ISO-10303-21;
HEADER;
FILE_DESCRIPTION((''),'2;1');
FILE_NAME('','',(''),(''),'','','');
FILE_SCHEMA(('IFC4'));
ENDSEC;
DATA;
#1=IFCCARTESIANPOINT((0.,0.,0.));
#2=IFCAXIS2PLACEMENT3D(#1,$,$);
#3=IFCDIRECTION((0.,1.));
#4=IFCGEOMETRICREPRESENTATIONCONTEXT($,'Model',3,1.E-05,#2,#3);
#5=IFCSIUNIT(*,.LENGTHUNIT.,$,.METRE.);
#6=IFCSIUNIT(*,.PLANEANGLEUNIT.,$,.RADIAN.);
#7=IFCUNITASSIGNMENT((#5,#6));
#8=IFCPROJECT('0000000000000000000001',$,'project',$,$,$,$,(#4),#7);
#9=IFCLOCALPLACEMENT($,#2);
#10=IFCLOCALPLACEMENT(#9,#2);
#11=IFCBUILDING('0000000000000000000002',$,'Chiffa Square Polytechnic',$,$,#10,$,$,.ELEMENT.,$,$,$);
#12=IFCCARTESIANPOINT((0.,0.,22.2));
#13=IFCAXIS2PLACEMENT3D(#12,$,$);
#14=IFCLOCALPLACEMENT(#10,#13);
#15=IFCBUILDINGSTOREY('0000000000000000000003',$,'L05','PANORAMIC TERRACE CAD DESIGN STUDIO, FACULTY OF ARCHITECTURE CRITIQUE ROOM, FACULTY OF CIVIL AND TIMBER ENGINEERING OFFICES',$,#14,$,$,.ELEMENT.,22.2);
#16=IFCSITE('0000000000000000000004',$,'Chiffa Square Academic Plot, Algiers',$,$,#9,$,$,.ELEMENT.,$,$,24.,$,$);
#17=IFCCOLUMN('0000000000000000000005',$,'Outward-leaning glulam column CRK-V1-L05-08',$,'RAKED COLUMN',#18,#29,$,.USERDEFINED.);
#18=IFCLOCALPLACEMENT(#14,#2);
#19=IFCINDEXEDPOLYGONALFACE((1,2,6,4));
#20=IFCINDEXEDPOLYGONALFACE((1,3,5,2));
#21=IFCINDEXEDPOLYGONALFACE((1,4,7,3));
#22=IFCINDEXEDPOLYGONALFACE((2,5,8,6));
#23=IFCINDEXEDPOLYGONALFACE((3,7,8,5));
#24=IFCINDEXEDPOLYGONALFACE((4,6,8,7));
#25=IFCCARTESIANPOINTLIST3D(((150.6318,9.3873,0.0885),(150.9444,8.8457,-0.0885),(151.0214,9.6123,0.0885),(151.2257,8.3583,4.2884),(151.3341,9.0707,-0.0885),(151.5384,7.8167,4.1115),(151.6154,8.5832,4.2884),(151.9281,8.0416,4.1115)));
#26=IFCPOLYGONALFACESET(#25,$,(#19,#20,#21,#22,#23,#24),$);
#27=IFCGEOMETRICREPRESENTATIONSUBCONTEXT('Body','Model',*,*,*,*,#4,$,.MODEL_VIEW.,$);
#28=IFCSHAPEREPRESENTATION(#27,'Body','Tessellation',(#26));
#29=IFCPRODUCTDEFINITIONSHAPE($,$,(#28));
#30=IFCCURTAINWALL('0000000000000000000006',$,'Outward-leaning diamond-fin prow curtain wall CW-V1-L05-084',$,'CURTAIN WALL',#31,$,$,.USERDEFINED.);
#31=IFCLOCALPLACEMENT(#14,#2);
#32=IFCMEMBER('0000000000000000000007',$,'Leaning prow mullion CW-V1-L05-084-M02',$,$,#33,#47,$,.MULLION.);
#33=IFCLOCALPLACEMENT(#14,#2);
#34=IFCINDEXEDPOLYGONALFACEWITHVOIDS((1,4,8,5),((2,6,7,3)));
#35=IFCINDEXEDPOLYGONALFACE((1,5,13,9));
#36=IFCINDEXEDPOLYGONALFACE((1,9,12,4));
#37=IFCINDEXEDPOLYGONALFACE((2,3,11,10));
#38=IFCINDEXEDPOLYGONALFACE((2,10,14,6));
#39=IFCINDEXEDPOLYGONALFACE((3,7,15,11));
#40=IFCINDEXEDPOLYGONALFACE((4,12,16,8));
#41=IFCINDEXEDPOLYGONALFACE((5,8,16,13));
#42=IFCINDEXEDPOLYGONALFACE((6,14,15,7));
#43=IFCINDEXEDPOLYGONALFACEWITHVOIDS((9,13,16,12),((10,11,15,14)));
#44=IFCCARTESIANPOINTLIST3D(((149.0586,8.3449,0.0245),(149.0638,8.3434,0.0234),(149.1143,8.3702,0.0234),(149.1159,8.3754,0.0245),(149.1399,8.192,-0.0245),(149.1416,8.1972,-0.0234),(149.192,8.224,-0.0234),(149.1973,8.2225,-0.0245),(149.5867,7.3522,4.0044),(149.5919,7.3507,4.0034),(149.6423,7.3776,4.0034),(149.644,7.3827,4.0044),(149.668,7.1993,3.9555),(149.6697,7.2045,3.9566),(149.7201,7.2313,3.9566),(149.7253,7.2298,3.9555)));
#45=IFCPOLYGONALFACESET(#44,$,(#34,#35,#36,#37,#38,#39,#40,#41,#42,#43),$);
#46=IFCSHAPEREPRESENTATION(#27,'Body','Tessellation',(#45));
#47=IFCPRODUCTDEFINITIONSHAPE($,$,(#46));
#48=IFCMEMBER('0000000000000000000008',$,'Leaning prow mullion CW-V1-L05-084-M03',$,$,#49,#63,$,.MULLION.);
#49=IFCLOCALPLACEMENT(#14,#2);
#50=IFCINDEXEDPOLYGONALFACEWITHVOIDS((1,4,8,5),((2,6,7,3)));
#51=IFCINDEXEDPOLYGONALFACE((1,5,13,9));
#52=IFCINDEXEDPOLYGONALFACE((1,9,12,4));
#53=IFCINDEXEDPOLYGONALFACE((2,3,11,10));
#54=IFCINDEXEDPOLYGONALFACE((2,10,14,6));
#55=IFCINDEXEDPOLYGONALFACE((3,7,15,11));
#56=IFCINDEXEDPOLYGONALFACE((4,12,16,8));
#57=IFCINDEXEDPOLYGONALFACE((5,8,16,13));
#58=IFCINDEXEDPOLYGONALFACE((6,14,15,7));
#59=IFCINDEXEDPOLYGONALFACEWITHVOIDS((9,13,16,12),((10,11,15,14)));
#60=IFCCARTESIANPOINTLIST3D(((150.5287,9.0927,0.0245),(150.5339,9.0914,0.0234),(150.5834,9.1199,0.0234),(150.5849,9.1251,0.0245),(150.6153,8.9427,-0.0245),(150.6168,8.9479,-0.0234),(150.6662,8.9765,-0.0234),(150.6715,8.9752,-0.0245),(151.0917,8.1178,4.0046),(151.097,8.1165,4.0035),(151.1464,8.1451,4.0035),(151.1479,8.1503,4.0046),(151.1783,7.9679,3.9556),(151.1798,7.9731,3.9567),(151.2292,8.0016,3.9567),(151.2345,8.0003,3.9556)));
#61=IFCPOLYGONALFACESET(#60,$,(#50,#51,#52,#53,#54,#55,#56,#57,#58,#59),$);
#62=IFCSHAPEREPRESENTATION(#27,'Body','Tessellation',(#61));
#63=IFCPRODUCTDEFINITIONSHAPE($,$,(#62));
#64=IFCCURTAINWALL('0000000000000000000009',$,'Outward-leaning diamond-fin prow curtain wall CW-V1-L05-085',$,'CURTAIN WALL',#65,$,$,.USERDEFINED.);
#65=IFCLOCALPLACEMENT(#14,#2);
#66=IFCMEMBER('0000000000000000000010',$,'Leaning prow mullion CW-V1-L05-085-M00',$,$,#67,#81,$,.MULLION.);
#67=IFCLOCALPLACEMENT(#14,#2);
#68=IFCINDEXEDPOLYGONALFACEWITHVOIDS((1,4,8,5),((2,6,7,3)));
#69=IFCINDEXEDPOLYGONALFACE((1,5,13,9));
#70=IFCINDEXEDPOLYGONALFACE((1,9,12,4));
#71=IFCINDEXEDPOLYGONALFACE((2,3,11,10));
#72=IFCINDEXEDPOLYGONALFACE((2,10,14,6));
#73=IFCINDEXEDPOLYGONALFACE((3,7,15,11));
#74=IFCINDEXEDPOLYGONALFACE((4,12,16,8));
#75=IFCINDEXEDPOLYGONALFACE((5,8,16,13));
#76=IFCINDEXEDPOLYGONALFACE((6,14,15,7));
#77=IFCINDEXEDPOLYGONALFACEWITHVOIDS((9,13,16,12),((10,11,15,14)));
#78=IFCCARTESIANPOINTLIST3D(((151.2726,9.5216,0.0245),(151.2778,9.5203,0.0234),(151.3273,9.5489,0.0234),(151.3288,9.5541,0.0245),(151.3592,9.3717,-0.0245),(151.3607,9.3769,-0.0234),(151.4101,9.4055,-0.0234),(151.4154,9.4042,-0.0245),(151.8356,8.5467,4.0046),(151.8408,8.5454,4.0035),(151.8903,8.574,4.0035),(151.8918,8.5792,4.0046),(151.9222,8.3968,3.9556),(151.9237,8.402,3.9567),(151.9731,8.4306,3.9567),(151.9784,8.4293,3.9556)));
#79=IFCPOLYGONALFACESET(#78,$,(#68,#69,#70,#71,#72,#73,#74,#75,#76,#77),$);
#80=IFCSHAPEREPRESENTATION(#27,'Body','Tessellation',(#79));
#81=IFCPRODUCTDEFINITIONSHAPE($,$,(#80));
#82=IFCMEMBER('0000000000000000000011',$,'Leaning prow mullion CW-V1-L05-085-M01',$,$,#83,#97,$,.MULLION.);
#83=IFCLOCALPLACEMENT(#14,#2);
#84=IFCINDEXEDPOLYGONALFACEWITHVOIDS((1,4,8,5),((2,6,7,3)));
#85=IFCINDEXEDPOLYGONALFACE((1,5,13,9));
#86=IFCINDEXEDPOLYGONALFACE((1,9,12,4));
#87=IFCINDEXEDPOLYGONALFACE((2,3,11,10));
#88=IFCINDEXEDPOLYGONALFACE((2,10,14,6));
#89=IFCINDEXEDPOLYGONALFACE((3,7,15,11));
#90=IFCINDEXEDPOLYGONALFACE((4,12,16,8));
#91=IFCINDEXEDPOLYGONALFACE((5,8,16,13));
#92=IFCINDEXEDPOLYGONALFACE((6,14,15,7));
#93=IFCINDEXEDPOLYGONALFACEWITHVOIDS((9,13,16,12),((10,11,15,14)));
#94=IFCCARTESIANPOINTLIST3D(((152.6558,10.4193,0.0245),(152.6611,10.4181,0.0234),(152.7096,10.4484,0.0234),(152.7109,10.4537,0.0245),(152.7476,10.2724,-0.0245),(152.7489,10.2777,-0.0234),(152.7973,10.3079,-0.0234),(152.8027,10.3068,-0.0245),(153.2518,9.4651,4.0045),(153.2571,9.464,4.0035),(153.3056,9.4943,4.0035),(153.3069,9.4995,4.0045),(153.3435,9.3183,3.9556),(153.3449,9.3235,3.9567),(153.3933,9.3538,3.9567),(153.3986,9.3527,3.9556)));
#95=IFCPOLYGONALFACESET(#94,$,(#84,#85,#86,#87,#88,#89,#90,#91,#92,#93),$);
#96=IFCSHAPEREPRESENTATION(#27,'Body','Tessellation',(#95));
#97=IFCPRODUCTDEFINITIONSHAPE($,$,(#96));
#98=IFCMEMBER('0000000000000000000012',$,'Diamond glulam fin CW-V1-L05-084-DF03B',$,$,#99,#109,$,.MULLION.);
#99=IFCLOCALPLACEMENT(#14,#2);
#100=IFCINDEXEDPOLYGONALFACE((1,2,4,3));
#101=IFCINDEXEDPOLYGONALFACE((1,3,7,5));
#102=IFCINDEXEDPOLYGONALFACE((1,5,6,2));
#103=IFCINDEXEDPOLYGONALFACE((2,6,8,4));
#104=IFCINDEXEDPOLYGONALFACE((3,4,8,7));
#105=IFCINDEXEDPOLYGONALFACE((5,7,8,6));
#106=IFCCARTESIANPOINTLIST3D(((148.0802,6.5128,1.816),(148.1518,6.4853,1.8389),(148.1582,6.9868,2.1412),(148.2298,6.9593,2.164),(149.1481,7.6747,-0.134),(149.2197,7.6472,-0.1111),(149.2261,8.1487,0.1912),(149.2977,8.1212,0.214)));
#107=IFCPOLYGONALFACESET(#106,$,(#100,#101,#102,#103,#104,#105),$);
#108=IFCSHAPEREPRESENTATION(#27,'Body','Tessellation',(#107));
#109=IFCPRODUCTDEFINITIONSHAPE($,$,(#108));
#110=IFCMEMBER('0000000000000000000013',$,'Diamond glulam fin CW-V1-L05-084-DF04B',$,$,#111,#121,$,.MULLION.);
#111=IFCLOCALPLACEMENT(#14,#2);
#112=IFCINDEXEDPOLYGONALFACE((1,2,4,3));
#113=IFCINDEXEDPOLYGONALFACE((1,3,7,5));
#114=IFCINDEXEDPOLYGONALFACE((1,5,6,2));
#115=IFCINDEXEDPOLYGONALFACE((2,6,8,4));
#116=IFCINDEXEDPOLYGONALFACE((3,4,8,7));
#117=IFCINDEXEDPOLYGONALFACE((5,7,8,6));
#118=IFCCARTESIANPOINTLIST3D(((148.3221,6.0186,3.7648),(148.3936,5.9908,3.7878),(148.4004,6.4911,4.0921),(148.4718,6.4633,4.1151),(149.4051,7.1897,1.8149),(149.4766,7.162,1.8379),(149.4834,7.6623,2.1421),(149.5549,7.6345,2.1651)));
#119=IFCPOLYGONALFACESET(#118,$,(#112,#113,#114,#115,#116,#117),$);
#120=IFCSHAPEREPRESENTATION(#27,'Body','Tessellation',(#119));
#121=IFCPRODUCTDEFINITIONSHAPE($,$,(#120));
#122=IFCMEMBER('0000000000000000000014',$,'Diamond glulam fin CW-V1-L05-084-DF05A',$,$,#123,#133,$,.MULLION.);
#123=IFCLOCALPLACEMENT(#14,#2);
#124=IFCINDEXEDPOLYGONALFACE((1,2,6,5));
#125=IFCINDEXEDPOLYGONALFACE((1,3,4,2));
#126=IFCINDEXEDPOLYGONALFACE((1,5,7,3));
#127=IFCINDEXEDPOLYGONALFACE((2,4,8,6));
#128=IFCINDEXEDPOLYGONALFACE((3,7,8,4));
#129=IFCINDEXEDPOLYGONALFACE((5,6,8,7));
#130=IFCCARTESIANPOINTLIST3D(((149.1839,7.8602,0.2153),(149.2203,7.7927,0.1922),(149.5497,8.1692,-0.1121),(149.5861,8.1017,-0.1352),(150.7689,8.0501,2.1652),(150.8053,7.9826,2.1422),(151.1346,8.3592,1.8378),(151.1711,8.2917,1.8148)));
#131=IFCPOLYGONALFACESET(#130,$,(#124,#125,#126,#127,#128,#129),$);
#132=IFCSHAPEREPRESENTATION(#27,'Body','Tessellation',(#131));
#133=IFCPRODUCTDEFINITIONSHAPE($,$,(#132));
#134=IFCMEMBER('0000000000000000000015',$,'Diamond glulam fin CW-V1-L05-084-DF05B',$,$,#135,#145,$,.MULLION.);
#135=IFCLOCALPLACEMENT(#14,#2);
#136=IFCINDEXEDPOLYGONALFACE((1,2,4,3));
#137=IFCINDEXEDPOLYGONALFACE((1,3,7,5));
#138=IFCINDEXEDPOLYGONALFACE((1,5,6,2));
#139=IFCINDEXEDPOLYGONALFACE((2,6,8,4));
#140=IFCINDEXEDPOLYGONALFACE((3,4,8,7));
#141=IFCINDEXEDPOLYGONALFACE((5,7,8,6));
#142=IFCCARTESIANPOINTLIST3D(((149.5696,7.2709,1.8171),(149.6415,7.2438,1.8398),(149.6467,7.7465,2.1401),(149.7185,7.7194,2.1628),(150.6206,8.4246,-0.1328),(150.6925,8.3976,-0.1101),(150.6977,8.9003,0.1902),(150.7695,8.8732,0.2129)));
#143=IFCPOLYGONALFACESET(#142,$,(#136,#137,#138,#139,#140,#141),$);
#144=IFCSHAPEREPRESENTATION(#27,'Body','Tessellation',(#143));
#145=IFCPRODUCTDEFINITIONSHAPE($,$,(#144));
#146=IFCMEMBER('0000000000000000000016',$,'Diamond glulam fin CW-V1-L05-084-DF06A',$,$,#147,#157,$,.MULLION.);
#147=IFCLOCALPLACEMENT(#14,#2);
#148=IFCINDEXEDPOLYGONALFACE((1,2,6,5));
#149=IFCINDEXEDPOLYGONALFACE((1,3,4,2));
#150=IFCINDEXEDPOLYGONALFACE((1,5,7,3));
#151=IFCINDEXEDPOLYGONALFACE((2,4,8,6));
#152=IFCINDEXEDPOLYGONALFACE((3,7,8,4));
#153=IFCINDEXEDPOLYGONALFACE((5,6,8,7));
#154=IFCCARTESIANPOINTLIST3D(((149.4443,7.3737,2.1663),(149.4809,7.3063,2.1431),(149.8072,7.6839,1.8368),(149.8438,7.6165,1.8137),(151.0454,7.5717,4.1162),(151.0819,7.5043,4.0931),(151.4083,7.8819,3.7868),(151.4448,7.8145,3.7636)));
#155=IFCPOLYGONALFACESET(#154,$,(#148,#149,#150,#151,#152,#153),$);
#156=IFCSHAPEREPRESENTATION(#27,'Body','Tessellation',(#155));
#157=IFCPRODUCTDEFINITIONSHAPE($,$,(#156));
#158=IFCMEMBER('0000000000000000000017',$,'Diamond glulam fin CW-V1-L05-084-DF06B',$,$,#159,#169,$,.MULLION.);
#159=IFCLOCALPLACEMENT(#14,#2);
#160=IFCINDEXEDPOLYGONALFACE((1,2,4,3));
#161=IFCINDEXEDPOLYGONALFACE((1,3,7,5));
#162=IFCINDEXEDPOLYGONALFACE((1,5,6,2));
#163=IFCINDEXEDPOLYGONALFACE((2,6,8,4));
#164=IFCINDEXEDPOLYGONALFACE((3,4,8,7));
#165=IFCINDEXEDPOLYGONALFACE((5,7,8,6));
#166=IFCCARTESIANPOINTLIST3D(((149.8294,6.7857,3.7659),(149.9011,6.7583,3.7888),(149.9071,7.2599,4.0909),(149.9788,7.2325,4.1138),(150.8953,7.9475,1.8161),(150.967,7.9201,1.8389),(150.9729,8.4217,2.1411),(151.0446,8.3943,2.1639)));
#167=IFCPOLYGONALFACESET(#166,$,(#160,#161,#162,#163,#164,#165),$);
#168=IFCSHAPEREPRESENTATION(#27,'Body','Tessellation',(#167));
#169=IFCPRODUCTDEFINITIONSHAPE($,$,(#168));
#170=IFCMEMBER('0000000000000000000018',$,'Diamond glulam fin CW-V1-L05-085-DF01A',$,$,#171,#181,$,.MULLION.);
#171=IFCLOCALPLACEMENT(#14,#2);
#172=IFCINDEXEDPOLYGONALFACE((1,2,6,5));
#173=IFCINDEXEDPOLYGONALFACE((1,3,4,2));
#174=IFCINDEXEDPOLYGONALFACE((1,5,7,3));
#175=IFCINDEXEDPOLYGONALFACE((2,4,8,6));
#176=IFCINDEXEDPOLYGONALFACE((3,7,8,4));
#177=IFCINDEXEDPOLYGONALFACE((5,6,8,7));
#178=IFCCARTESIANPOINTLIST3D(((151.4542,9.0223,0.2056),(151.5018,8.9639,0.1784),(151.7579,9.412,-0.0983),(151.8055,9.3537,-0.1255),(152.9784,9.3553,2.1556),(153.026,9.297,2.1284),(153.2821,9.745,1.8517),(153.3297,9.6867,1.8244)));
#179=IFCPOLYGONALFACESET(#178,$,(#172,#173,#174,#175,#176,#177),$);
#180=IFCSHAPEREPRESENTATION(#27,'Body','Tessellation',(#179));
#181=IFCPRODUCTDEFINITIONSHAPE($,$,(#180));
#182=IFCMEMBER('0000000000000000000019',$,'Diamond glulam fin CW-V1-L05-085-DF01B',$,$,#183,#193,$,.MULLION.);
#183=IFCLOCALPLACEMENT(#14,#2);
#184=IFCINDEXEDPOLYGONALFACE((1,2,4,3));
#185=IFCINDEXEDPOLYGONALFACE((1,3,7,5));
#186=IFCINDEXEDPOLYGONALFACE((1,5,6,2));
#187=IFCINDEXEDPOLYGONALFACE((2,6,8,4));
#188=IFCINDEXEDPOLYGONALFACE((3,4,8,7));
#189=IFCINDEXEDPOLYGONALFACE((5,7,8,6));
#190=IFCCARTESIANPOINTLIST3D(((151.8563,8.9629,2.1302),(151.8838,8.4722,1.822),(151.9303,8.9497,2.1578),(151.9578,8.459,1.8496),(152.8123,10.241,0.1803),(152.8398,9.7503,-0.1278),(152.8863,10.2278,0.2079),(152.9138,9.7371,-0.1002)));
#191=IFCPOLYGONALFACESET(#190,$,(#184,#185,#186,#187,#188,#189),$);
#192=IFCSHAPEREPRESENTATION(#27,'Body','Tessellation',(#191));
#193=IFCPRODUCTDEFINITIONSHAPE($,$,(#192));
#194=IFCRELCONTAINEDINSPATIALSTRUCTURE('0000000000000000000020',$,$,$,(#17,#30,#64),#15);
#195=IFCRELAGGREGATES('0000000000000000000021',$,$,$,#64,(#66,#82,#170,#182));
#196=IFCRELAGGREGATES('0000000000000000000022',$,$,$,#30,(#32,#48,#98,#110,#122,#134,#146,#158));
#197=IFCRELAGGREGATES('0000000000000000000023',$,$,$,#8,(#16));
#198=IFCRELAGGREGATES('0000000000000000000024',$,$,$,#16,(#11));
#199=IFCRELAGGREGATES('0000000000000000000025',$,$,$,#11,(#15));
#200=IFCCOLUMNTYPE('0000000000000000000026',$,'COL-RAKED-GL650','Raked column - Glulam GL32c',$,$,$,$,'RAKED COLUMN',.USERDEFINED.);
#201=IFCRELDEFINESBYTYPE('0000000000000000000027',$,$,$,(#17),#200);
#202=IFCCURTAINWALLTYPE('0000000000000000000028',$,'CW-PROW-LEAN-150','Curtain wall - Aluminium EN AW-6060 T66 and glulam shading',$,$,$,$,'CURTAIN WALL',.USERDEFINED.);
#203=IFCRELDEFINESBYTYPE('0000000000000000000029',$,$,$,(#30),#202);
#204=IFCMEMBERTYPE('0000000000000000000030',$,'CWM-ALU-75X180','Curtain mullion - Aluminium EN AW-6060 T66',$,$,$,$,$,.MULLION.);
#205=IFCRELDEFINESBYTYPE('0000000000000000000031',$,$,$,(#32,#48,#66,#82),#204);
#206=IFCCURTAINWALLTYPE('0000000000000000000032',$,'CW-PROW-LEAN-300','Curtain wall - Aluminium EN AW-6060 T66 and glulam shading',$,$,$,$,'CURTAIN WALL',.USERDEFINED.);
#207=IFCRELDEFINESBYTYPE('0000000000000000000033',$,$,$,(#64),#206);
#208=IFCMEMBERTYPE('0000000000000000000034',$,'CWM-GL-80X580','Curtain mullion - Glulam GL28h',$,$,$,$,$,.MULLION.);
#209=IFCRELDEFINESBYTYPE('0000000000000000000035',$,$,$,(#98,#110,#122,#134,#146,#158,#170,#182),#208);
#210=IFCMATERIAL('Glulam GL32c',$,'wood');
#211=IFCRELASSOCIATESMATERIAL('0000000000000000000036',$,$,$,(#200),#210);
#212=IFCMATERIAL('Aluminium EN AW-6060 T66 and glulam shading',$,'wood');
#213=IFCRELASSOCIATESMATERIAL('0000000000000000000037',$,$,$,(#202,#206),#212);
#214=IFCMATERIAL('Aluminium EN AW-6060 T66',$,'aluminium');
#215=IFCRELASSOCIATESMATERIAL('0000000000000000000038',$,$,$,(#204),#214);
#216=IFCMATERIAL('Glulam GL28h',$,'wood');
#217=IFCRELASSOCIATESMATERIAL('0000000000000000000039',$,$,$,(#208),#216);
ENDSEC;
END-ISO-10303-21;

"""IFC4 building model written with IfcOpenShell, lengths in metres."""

from ifc_helpers import new_model, si_unit, direction, frame, origin, origin_2d, place, context, subcontext, project, spatial, rectangle, hollow_rectangle, extrude, material, material_profile, profile_set, type_object, element, aggregate, save


model = new_model("IFC4")

# Units and contexts
model_context = context("Model", 3, precision=1e-05, world=origin(), true_north=direction((0.0, 1.0)))
body_context = subcontext(model_context, "Body", "Model", "MODEL_VIEW")
ifc_project = project(units=[si_unit("LENGTHUNIT", "METRE"), si_unit("PLANEANGLEUNIT", "RADIAN")], contexts=[model_context])

# Site, building, storey
site_placement = place(None, origin())
site = spatial("IfcSite", under=ifc_project, at=site_placement, Name="Chiffa Square Academic Plot, Algiers", CompositionType="ELEMENT", RefElevation=24.0)
building_placement = place(site_placement, origin())
building = spatial("IfcBuilding", under=site, at=building_placement, Name="Chiffa Square Polytechnic", CompositionType="ELEMENT")
storey_placement = place(building_placement, frame((0.0, 0.0, 22.2)))
storey = spatial("IfcBuildingStorey", under=building, at=storey_placement, Name="L05", Description="PANORAMIC TERRACE CAD DESIGN STUDIO, FACULTY OF ARCHITECTURE CRITIQUE ROOM, FACULTY OF CIVIL AND TIMBER ENGINEERING OFFICES", CompositionType="ELEMENT", Elevation=22.2)

# Column
ifc_material_1 = material(Name="Glulam GL32c", Category="wood")
ifc_material_profile_1 = material_profile(ifc_material_1, rectangle(XDim=0.45, YDim=0.6499, at=origin_2d()), Name="GL32c 450x650")
ifc_profile_set_1 = profile_set([ifc_material_profile_1], Name="Glulam GL32c")
column_type = type_object("IfcColumnType", Name="COL-RAKED-GL650", Description="Raked column - Glulam GL32c", ElementType="RAKED COLUMN", PredefinedType="USERDEFINED", material=ifc_profile_set_1)
column_placement = place(storey_placement, frame((150.9829, 9.229, 0.0), z_axis=(0.136088, -0.235762, 0.962235), x_axis=(0.866073, 0.499918, 0.0)))
element("IfcColumn", 1, at=column_placement, inside=storey, type_object=column_type, Name="Outward-leaning glulam column CRK-V1-L05-08", ObjectType="RAKED COLUMN", PredefinedType="USERDEFINED", context=body_context, shape_type="SweptSolid", body=[
    extrude(rectangle(XDim=0.45, YDim=0.6499, at=origin_2d()), origin(), (0.0, 0.0, 1.0), 4.3647),
])

# Curtain walls, members
ifc_material_2 = material(Name="Aluminium EN AW-6060 T66 and glulam shading", Category="wood")
curtain_wall_type_1 = type_object("IfcCurtainWallType", Name="CW-PROW-LEAN-150", Description="Curtain wall - Aluminium EN AW-6060 T66 and glulam shading", ElementType="CURTAIN WALL", PredefinedType="USERDEFINED", material=ifc_material_2)
curtain_wall_1_placement = place(storey_placement, origin())
curtain_wall_1 = element("IfcCurtainWall", 2, at=curtain_wall_1_placement, inside=storey, type_object=curtain_wall_type_1, Name="Outward-leaning diamond-fin prow curtain wall CW-V1-L05-084", ObjectType="CURTAIN WALL", PredefinedType="USERDEFINED")
ifc_material_3 = material(Name="Aluminium EN AW-6060 T66", Category="aluminium")
ifc_material_profile_2 = material_profile(ifc_material_3, hollow_rectangle(XDim=0.0649, YDim=0.1799, WallThickness=0.0039, at=origin_2d()), Name="ALU 65x180x4")
ifc_profile_set_2 = profile_set([ifc_material_profile_2], Name="Aluminium EN AW-6060 T66")
member_type_1 = type_object("IfcMemberType", Name="CWM-ALU-75X180", Description="Curtain mullion - Aluminium EN AW-6060 T66", PredefinedType="MULLION", material=ifc_profile_set_2)
member_1_placement = place(storey_placement, frame((149.1279, 8.2837, 0.0), z_axis=(0.127685, -0.240023, 0.962333), x_axis=(0.882851, 0.469653, 0.0)))
member_1 = element("IfcMember", 3, at=member_1_placement, type_object=member_type_1, Name="Leaning prow mullion CW-V1-L05-084-M02", PredefinedType="MULLION", context=body_context, shape_type="SweptSolid", body=[
    extrude(hollow_rectangle(XDim=0.0649, YDim=0.1799, WallThickness=0.0039, at=origin_2d()), origin(), (0.0, 0.0, 1.0), 4.1357),
])
member_2_placement = place(storey_placement, frame((150.6001, 9.0339, 0.0), z_axis=(0.136115, -0.235692, 0.962248), x_axis=(0.865965, 0.500104, 0.0)))
member_2 = element("IfcMember", 4, at=member_2_placement, type_object=member_type_1, Name="Leaning prow mullion CW-V1-L05-084-M03", PredefinedType="MULLION", context=body_context, shape_type="SweptSolid", body=[
    extrude(hollow_rectangle(XDim=0.0649, YDim=0.1799, WallThickness=0.0039, at=origin_2d()), origin(), (0.0, 0.0, 1.0), 4.1362),
])
curtain_wall_type_2 = type_object("IfcCurtainWallType", Name="CW-PROW-LEAN-300", Description="Curtain wall - Aluminium EN AW-6060 T66 and glulam shading", ElementType="CURTAIN WALL", PredefinedType="USERDEFINED", material=ifc_material_2)
curtain_wall_2_placement = place(storey_placement, origin())
curtain_wall_2 = element("IfcCurtainWall", 5, at=curtain_wall_2_placement, inside=storey, type_object=curtain_wall_type_2, Name="Outward-leaning diamond-fin prow curtain wall CW-V1-L05-085", ObjectType="CURTAIN WALL", PredefinedType="USERDEFINED")
member_3_placement = place(storey_placement, frame((151.344, 9.4629, 0.0), z_axis=(0.136115, -0.235692, 0.962248), x_axis=(0.865965, 0.500104, 0.0)))
member_3 = element("IfcMember", 6, at=member_3_placement, type_object=member_type_1, Name="Leaning prow mullion CW-V1-L05-085-M00", PredefinedType="MULLION", context=body_context, shape_type="SweptSolid", body=[
    extrude(hollow_rectangle(XDim=0.0649, YDim=0.1799, WallThickness=0.0039, at=origin_2d()), origin(), (0.0, 0.0, 1.0), 4.1362),
])
member_4_placement = place(storey_placement, frame((152.7292, 10.363, 0.0), z_axis=(0.144091, -0.230688, 0.9623), x_axis=(0.848145, 0.529765, 0.0)))
member_4 = element("IfcMember", 7, at=member_4_placement, type_object=member_type_1, Name="Leaning prow mullion CW-V1-L05-085-M01", PredefinedType="MULLION", context=body_context, shape_type="SweptSolid", body=[
    extrude(hollow_rectangle(XDim=0.0649, YDim=0.1799, WallThickness=0.0039, at=origin_2d()), origin(), (0.0, 0.0, 1.0), 4.136),
])

# Members
ifc_material_4 = material(Name="Glulam GL28h", Category="wood")
ifc_material_profile_3 = material_profile(ifc_material_4, rectangle(XDim=0.0801, YDim=0.5801, at=origin_2d()), Name="GL28h 80x580")
ifc_profile_set_3 = profile_set([ifc_material_profile_3], Name="Glulam GL28h")
member_type_2 = type_object("IfcMemberType", Name="CWM-GL-80X580", Description="Curtain mullion - Glulam GL28h", PredefinedType="MULLION", material=ifc_profile_set_3)
member_5_placement = place(storey_placement, frame((149.2229, 7.8979, 0.04), z_axis=(-0.4257, -0.463171, 0.777336), x_axis=(0.894822, -0.343113, 0.285599)))
member_5 = element("IfcMember", 8, at=member_5_placement, type_object=member_type_2, Name="Diamond glulam fin CW-V1-L05-084-DF03B", PredefinedType="MULLION", context=body_context, shape_type="SweptSolid", body=[
    extrude(rectangle(XDim=0.0801, YDim=0.5801, at=origin_2d()), origin(), (0.0, 0.0, 1.0), 2.5085),
])
member_6_placement = place(storey_placement, frame((149.48, 7.4121, 1.99), z_axis=(-0.429887, -0.464871, 0.77401), x_axis=(0.892746, -0.34695, 0.287455)))
member_6 = element("IfcMember", 9, at=member_6_placement, type_object=member_type_2, Name="Diamond glulam fin CW-V1-L05-084-DF04B", PredefinedType="MULLION", context=body_context, shape_type="SweptSolid", body=[
    extrude(rectangle(XDim=0.0801, YDim=0.5801, at=origin_2d()), origin(), (0.0, 0.0, 1.0), 2.5193),
])
member_7_placement = place(storey_placement, frame((149.385, 7.981, 0.04), z_axis=(0.628948, 0.075373, 0.773785), x_axis=(-0.454815, 0.842877, 0.28758)))
member_7 = element("IfcMember", 10, at=member_7_placement, type_object=member_type_2, Name="Diamond glulam fin CW-V1-L05-084-DF05A", PredefinedType="MULLION", context=body_context, shape_type="SweptSolid", body=[
    extrude(rectangle(XDim=0.0801, YDim=0.5801, at=origin_2d()), origin(), (0.0, 0.0, 1.0), 2.52),
])
member_8_placement = place(storey_placement, frame((150.6951, 8.6489, 0.04), z_axis=(-0.420806, -0.461958, 0.780715), x_axis=(0.897374, -0.337991, 0.283693)))
member_8 = element("IfcMember", 11, at=member_8_placement, type_object=member_type_2, Name="Diamond glulam fin CW-V1-L05-084-DF05B", PredefinedType="MULLION", context=body_context, shape_type="SweptSolid", body=[
    extrude(rectangle(XDim=0.0801, YDim=0.5801, at=origin_2d()), origin(), (0.0, 0.0, 1.0), 2.4976),
])
member_9_placement = place(storey_placement, frame((149.644, 7.4951, 1.99), z_axis=(0.632635, 0.078235, 0.770488), x_axis=(-0.456504, 0.84134, 0.289398)))
member_9 = element("IfcMember", 12, at=member_9_placement, type_object=member_type_2, Name="Diamond glulam fin CW-V1-L05-084-DF06A", PredefinedType="MULLION", context=body_context, shape_type="SweptSolid", body=[
    extrude(rectangle(XDim=0.0801, YDim=0.5801, at=origin_2d()), origin(), (0.0, 0.0, 1.0), 2.5308),
])
member_10_placement = place(storey_placement, frame((150.97, 8.1709, 1.99), z_axis=(-0.425063, -0.463324, 0.777594), x_axis=(0.895214, -0.342211, 0.285454)))
member_10 = element("IfcMember", 13, at=member_10_placement, type_object=member_type_2, Name="Diamond glulam fin CW-V1-L05-084-DF06B", PredefinedType="MULLION", context=body_context, shape_type="SweptSolid", body=[
    extrude(rectangle(XDim=0.0801, YDim=0.5801, at=origin_2d()), origin(), (0.0, 0.0, 1.0), 2.5076),
])
member_11_placement = place(storey_placement, frame((151.6299, 9.188, 0.04), z_axis=(0.610337, 0.133349, 0.780837), x_axis=(-0.594487, 0.728568, 0.340255)))
member_11 = element("IfcMember", 14, at=member_11_placement, type_object=member_type_2, Name="Diamond glulam fin CW-V1-L05-085-DF01A", PredefinedType="MULLION", context=body_context, shape_type="SweptSolid", body=[
    extrude(rectangle(XDim=0.0801, YDim=0.5801, at=origin_2d()), origin(), (0.0, 0.0, 1.0), 2.4973),
])
member_12_placement = place(storey_placement, frame((152.863, 9.989, 0.04), z_axis=(-0.379404, -0.507196, 0.773825), x_axis=(0.924017, -0.164879, 0.344974)))
member_12 = element("IfcMember", 15, at=member_12_placement, type_object=member_type_2, Name="Diamond glulam fin CW-V1-L05-085-DF01B", PredefinedType="MULLION", context=body_context, shape_type="SweptSolid", body=[
    extrude(rectangle(XDim=0.0801, YDim=0.5801, at=origin_2d()), origin(), (0.0, 0.0, 1.0), 2.5198),
])

aggregate(curtain_wall_2, [member_3, member_4, member_11, member_12])
aggregate(curtain_wall_1, [member_1, member_2, member_5, member_6, member_7, member_8, member_9, member_10])

save(model, "model.ifc")
